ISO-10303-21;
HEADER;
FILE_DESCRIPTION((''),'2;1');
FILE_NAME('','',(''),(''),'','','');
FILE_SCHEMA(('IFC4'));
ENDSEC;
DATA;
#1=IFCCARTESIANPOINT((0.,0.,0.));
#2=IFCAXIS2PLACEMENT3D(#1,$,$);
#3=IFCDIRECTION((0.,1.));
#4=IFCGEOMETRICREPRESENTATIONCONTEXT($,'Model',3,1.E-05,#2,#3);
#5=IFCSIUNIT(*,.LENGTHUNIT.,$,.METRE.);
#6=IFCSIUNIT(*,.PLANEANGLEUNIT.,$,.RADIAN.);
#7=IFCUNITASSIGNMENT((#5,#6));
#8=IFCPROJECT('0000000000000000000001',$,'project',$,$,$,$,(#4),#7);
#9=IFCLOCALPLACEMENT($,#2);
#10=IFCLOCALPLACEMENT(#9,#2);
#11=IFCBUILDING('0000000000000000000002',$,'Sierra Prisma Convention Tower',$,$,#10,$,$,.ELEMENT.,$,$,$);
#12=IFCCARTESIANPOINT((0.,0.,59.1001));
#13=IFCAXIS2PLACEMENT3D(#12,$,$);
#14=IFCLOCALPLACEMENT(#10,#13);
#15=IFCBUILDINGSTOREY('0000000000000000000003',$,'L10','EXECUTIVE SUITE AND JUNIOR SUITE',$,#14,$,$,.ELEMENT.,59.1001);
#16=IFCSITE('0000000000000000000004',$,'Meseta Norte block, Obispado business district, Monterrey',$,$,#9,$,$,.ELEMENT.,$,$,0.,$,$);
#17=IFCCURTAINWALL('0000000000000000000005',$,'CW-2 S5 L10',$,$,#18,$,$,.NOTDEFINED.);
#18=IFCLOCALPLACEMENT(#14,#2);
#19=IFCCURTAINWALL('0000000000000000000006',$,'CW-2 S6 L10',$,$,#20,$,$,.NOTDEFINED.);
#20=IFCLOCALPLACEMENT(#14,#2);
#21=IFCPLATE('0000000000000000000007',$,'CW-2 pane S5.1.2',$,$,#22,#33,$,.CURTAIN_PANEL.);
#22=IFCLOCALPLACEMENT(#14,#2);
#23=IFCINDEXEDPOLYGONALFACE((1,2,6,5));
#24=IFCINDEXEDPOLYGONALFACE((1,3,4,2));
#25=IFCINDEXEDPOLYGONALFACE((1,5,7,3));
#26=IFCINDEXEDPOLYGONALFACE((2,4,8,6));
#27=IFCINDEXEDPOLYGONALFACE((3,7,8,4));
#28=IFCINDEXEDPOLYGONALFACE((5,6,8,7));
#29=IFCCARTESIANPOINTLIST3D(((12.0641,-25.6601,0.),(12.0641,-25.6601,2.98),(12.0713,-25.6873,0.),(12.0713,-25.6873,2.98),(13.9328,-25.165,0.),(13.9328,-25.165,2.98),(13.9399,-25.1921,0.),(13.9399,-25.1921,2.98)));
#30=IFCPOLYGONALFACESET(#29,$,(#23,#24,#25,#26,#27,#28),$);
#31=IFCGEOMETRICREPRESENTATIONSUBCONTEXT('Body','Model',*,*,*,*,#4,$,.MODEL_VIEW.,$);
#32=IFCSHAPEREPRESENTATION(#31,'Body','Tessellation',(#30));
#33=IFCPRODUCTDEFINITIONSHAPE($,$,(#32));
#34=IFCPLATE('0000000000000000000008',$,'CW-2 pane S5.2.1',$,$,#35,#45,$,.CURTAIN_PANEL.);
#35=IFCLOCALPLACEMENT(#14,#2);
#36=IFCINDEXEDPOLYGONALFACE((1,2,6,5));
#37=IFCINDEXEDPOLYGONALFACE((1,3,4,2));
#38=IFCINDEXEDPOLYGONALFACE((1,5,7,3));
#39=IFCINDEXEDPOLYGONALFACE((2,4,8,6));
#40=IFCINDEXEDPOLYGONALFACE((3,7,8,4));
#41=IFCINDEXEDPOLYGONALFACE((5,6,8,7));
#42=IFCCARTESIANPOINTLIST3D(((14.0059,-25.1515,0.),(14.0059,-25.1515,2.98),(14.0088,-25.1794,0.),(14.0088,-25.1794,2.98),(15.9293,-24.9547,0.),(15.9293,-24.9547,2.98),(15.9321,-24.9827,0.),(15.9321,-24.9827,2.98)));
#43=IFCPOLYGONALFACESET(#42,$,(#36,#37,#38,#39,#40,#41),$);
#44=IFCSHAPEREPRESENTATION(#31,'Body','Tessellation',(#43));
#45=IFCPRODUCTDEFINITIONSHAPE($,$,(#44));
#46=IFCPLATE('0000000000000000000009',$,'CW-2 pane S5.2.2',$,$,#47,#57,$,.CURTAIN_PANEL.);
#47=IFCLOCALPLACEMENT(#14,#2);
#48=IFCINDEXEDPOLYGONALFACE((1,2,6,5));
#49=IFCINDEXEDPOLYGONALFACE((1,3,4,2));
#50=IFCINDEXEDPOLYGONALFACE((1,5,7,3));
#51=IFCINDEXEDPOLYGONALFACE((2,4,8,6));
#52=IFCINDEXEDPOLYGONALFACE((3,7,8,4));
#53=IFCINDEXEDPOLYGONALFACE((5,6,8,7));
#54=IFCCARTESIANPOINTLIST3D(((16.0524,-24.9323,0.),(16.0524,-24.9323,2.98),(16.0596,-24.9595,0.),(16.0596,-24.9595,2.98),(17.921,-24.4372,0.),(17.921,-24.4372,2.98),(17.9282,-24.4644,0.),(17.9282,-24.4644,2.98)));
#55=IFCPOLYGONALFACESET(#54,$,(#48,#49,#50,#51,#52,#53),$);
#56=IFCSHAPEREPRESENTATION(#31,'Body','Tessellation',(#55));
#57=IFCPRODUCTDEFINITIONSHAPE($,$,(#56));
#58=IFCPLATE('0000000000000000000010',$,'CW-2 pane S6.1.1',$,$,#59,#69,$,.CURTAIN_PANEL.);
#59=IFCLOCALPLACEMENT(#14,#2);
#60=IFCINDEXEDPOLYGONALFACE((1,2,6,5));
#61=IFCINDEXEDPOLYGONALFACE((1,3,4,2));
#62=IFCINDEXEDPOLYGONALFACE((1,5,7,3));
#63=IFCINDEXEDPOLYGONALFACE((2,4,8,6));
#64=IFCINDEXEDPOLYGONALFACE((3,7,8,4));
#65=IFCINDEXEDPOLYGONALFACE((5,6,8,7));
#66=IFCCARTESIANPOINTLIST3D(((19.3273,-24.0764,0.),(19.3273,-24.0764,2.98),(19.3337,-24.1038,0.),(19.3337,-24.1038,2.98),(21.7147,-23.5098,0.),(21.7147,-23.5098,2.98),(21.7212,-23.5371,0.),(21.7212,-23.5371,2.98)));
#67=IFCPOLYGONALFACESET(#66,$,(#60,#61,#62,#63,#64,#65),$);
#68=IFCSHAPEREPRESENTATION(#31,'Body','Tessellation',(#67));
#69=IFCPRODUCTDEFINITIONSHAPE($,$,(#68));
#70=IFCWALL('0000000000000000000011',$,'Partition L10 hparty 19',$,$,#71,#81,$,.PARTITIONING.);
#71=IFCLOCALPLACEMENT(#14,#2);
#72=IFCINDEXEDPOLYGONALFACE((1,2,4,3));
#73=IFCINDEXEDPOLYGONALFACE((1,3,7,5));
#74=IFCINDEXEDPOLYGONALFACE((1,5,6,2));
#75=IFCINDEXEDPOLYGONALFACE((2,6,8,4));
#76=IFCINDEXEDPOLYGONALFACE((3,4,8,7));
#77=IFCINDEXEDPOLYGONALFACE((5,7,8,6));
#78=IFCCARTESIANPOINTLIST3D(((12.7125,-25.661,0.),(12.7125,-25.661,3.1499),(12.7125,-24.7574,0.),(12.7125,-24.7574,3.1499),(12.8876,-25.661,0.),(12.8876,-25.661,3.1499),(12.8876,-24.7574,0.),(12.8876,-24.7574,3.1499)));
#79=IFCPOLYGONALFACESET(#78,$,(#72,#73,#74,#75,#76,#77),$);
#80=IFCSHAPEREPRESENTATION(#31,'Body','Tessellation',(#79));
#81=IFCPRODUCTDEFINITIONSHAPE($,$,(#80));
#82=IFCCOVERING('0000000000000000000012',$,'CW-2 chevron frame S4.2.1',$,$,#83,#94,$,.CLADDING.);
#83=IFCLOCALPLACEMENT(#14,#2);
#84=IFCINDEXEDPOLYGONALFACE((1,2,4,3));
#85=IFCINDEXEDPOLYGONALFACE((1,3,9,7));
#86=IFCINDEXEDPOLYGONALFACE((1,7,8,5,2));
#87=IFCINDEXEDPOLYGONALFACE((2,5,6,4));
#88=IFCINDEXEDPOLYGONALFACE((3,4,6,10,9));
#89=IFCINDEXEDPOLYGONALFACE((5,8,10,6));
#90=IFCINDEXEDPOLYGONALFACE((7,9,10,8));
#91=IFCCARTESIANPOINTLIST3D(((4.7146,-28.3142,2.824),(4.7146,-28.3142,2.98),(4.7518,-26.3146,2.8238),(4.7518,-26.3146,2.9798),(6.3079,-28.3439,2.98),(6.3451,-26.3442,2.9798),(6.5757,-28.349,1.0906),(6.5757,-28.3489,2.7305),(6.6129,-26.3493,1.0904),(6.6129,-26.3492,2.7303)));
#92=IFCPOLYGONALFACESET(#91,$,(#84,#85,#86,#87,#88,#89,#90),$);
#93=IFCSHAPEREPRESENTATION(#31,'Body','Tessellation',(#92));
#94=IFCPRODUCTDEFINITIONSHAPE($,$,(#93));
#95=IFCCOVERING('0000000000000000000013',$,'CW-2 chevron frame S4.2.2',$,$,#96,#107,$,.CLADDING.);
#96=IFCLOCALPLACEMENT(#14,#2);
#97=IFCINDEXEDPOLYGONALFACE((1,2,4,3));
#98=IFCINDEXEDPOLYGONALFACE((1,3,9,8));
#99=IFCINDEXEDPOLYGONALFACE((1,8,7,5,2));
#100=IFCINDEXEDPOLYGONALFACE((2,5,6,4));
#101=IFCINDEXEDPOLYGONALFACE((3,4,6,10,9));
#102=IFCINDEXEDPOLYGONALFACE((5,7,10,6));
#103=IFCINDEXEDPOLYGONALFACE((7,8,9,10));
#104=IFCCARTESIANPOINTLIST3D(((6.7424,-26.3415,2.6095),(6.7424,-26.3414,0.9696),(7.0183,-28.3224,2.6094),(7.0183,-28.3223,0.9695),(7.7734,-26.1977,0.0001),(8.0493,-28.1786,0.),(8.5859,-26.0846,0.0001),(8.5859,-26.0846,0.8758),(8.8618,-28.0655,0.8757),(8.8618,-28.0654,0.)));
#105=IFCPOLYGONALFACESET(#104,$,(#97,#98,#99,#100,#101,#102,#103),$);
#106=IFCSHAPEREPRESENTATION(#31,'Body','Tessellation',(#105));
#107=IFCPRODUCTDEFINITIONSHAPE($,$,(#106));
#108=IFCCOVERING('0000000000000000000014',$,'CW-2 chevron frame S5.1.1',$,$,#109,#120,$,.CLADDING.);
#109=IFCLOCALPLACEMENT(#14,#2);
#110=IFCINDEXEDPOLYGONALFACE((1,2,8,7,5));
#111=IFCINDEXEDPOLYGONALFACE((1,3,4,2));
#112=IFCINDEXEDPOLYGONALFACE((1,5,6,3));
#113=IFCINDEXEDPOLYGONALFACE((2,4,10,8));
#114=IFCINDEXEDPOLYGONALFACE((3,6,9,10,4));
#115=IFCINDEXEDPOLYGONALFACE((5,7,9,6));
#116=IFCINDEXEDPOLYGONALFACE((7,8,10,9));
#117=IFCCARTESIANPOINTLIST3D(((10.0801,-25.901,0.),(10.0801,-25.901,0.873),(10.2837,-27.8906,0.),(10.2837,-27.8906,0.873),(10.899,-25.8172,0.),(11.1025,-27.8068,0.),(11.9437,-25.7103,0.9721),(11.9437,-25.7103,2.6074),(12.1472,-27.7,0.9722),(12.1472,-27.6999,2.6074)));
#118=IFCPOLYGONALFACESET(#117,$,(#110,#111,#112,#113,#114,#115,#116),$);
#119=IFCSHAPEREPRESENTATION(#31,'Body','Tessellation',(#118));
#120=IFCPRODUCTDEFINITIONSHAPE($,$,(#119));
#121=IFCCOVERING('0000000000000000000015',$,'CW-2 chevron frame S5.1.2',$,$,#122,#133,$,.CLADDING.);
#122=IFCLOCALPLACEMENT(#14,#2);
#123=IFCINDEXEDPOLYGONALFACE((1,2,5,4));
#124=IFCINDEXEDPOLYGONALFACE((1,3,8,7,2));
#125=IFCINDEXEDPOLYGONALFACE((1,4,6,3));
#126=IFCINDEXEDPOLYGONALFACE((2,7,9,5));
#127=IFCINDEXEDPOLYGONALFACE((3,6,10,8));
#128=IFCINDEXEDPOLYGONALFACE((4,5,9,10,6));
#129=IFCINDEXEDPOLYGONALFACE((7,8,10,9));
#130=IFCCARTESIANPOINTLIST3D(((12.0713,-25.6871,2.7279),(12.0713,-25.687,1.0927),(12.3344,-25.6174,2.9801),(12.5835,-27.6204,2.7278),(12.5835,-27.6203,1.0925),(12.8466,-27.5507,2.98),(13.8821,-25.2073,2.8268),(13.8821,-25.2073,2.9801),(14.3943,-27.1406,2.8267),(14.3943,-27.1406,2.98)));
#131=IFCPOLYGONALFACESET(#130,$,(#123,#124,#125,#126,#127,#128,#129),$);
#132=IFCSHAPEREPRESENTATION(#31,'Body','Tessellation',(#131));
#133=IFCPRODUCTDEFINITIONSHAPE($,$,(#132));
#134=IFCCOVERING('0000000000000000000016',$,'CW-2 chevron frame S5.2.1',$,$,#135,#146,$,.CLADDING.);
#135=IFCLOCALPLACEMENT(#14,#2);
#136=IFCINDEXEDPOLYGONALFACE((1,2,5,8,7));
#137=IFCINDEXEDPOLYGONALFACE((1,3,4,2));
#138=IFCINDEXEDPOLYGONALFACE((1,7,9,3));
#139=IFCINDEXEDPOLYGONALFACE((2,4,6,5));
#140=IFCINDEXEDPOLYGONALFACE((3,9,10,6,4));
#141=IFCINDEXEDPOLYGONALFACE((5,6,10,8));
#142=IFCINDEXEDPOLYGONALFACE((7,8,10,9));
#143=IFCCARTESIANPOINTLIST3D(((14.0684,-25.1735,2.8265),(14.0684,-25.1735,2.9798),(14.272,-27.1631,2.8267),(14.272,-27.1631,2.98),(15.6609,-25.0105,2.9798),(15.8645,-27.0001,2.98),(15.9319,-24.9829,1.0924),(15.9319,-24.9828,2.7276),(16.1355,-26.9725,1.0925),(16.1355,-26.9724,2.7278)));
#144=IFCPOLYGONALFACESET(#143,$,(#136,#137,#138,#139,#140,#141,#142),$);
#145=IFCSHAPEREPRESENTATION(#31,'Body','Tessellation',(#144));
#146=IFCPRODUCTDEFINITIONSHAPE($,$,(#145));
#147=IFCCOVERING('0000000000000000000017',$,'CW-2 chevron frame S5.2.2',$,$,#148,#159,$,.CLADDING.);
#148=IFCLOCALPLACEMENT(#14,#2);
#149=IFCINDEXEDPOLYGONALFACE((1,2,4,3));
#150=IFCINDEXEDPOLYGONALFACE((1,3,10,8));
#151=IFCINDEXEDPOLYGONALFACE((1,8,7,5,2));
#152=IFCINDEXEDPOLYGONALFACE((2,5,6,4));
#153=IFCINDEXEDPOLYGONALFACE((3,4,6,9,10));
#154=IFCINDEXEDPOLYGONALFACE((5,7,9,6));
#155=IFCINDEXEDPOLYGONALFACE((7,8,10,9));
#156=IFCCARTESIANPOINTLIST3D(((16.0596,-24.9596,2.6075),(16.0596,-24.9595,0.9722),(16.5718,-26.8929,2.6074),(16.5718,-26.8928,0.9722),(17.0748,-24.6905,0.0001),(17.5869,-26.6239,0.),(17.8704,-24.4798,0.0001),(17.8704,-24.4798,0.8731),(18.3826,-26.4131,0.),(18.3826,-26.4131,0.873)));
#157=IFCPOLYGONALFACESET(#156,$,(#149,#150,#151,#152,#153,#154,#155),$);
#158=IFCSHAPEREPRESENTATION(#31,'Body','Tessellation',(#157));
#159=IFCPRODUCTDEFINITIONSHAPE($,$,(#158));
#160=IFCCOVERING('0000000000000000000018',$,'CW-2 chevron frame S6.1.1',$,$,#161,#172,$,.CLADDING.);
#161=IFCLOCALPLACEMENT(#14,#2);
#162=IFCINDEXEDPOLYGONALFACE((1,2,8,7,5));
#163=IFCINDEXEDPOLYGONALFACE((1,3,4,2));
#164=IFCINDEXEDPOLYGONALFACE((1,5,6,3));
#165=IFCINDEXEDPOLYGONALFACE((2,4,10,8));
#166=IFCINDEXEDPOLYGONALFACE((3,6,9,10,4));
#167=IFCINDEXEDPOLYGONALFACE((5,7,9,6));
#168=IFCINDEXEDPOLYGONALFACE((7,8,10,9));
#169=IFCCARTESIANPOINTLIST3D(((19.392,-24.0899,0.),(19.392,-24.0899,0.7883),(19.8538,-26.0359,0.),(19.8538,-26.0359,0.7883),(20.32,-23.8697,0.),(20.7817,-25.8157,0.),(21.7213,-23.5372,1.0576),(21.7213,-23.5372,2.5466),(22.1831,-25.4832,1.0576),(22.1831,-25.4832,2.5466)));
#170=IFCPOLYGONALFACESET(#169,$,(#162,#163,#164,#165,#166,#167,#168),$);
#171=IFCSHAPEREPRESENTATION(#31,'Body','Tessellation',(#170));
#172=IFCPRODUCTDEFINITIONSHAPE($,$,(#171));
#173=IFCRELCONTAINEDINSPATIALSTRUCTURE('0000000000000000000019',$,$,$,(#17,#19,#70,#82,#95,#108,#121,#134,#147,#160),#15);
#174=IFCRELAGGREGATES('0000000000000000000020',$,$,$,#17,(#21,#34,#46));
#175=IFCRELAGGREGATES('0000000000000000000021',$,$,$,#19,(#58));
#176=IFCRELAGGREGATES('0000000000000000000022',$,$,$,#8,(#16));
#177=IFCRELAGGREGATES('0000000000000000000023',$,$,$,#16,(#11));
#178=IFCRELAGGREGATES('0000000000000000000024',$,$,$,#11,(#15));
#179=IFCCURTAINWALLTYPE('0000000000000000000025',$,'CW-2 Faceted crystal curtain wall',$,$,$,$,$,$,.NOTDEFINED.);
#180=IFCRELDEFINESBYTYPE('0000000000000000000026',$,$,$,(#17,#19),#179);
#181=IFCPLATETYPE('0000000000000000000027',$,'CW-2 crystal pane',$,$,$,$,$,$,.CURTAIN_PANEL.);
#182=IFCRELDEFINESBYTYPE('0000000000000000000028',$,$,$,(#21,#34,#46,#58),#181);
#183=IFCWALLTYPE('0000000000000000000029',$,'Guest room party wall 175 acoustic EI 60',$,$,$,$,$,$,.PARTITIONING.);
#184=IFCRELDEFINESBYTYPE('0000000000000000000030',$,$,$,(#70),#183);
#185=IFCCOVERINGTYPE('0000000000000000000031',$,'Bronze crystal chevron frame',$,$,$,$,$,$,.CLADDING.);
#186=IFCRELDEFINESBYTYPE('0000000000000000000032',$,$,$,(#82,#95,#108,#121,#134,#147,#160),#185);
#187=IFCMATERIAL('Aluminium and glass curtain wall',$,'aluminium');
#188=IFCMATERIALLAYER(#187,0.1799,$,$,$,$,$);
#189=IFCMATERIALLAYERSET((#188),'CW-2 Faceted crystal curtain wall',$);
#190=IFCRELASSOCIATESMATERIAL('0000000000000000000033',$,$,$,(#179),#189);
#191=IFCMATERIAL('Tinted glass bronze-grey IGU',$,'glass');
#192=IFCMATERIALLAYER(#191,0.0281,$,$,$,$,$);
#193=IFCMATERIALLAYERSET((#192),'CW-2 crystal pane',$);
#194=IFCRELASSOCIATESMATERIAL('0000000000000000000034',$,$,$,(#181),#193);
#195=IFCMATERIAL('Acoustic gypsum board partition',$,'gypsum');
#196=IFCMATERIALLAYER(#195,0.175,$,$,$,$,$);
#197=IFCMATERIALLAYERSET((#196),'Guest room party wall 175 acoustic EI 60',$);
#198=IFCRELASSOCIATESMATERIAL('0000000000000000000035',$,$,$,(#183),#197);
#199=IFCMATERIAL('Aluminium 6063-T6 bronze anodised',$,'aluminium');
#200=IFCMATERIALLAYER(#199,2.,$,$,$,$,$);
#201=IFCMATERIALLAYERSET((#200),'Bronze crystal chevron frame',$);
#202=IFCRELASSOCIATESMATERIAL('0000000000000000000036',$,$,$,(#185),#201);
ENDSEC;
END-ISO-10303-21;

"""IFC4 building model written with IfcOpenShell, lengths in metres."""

from ifc_helpers import new_model, si_unit, direction, frame, frame_2d, origin, place, context, subcontext, project, spatial, polyline, rectangle, outline, extrude, material, layer, layer_set, type_object, element, aggregate, save


model = new_model("IFC4")

# Units and contexts
model_context = context("Model", 3, precision=1e-05, world=origin(), true_north=direction((0.0, 1.0)))
body_context = subcontext(model_context, "Body", "Model", "MODEL_VIEW")
ifc_project = project(units=[si_unit("LENGTHUNIT", "METRE"), si_unit("PLANEANGLEUNIT", "RADIAN")], contexts=[model_context])

# Site, building, storey
site_placement = place(None, origin())
site = spatial("IfcSite", under=ifc_project, at=site_placement, Name="Meseta Norte block, Obispado business district, Monterrey", CompositionType="ELEMENT", RefElevation=0.0)
building_placement = place(site_placement, origin())
building = spatial("IfcBuilding", under=site, at=building_placement, Name="Sierra Prisma Convention Tower", CompositionType="ELEMENT")
storey_placement = place(building_placement, frame((0.0, 0.0, 59.1001)))
storey = spatial("IfcBuildingStorey", under=building, at=storey_placement, Name="L10", Description="EXECUTIVE SUITE AND JUNIOR SUITE", CompositionType="ELEMENT", Elevation=59.1001)

# Shared definitions
ifc_material_1 = material(Name="Aluminium and glass curtain wall", Category="aluminium")
ifc_layer_1 = layer(ifc_material_1, 0.1799)
ifc_layer_set_1 = layer_set([ifc_layer_1], Name="CW-2 Faceted crystal curtain wall")
curtain_wall_type = type_object("IfcCurtainWallType", Name="CW-2 Faceted crystal curtain wall", PredefinedType="NOTDEFINED", material=ifc_layer_set_1)

# Curtain wall
curtain_wall_1_placement = place(storey_placement, origin())
curtain_wall_1 = element("IfcCurtainWall", 1, at=curtain_wall_1_placement, inside=storey, type_object=curtain_wall_type, Name="CW-2 S5 L10", PredefinedType="NOTDEFINED")

# Curtain wall
curtain_wall_2_placement = place(storey_placement, origin())
curtain_wall_2 = element("IfcCurtainWall", 2, at=curtain_wall_2_placement, inside=storey, type_object=curtain_wall_type, Name="CW-2 S6 L10", PredefinedType="NOTDEFINED")

# Plates
ifc_material_2 = material(Name="Tinted glass bronze-grey IGU", Category="glass")
ifc_layer_2 = layer(ifc_material_2, 0.0281)
ifc_layer_set_2 = layer_set([ifc_layer_2], Name="CW-2 crystal pane")
plate_type = type_object("IfcPlateType", Name="CW-2 crystal pane", PredefinedType="CURTAIN_PANEL", material=ifc_layer_set_2)
plate_1_placement = place(storey_placement, frame((13.9399, -25.1921, 0.0), z_axis=(0.256122, -0.966645, 0.0), x_axis=(-0.966645, -0.256122, 0.0)))
plate_1 = element("IfcPlate", 3, at=plate_1_placement, type_object=plate_type, Name="CW-2 pane S5.1.2", PredefinedType="CURTAIN_PANEL", context=body_context, shape_type="SweptSolid", body=[
    extrude(outline(polyline([(0.0, 0.0), (1.9331, 0.0), (1.9331, -2.98), (0.0, -2.98), (0.0, 0.0)])), origin(), (0.0, 0.0, -1.0), 0.0281),
])
plate_2_placement = place(storey_placement, frame((14.0088, -25.1794, 0.0), z_axis=(0.101779, -0.994807, 0.0), x_axis=(0.994807, 0.101779, 0.0)))
plate_2 = element("IfcPlate", 4, at=plate_2_placement, type_object=plate_type, Name="CW-2 pane S5.2.1", PredefinedType="CURTAIN_PANEL", context=body_context, shape_type="SweptSolid", body=[
    extrude(outline(polyline([(0.0, 0.0), (1.9334, 0.0), (1.9334, 2.98), (0.0, 2.98), (0.0, 0.0)])), origin(), (0.0, 0.0, -1.0), 0.0281),
])
plate_3_placement = place(storey_placement, frame((17.9282, -24.4644, 0.0), z_axis=(0.256122, -0.966645, 0.0), x_axis=(-0.966645, -0.256122, 0.0)))
plate_3 = element("IfcPlate", 5, at=plate_3_placement, type_object=plate_type, Name="CW-2 pane S5.2.2", PredefinedType="CURTAIN_PANEL", context=body_context, shape_type="SweptSolid", body=[
    extrude(outline(polyline([(0.0, 0.0), (1.9331, 0.0), (1.9331, -2.98), (0.0, -2.98), (0.0, 0.0)])), origin(), (0.0, 0.0, -1.0), 0.0281),
])
aggregate(curtain_wall_1, [plate_1, plate_2, plate_3])
plate_4_placement = place(storey_placement, frame((19.3337, -24.1038, 0.0), z_axis=(0.23093, -0.97297, 0.0), x_axis=(0.97297, 0.23093, 0.0)))
plate_4 = element("IfcPlate", 6, at=plate_4_placement, type_object=plate_type, Name="CW-2 pane S6.1.1", PredefinedType="CURTAIN_PANEL", context=body_context, shape_type="SweptSolid", body=[
    extrude(outline(polyline([(0.0, 0.0), (2.4538, 0.0), (2.4538, 2.98), (0.0, 2.98), (0.0, 0.0)])), origin(), (0.0, 0.0, -1.0), 0.0281),
])
aggregate(curtain_wall_2, [plate_4])

# Wall
ifc_material_3 = material(Name="Acoustic gypsum board partition", Category="gypsum")
ifc_layer_3 = layer(ifc_material_3, 0.175)
ifc_layer_set_3 = layer_set([ifc_layer_3], Name="Guest room party wall 175 acoustic EI 60")
wall_type = type_object("IfcWallType", Name="Guest room party wall 175 acoustic EI 60", PredefinedType="PARTITIONING", material=ifc_layer_set_3)
wall_placement = place(storey_placement, frame((12.8, -24.7576, 0.0), z_axis=(0.0, 0.0, 1.0), x_axis=(0.0, -1.0, 0.0)))
element("IfcWall", 7, at=wall_placement, inside=storey, type_object=wall_type, Name="Partition L10 hparty 19", PredefinedType="PARTITIONING", context=body_context, shape_type="SweptSolid", body=[
    extrude(rectangle(XDim=0.9036, YDim=0.175, at=frame_2d((0.4517, 0.0))), origin(), (0.0, 0.0, 1.0), 3.1499),
])

# Coverings
ifc_material_4 = material(Name="Aluminium 6063-T6 bronze anodised", Category="aluminium")
ifc_layer_4 = layer(ifc_material_4, 2.0)
ifc_layer_set_4 = layer_set([ifc_layer_4], Name="Bronze crystal chevron frame")
covering_type = type_object("IfcCoveringType", Name="Bronze crystal chevron frame", PredefinedType="CLADDING", material=ifc_layer_set_4)
covering_1_placement = place(storey_placement, frame((4.7146, -28.3142, 2.98), z_axis=(-0.018615, -0.999827, 0.000069), x_axis=(-0.000001, -0.000069, -1.0)))
element("IfcCovering", 8, at=covering_1_placement, inside=storey, type_object=covering_type, Name="CW-2 chevron frame S4.2.1", PredefinedType="CLADDING", context=body_context, shape_type="SweptSolid", body=[
    extrude(outline(polyline([(0.0, 0.0), (0.156, 0.0), (1.8894, 1.8614), (0.2495, 1.8614), (0.0, 1.5935), (0.0, 0.0)])), origin(), (0.0, 0.0, -1.0), 2.0),
])
covering_2_placement = place(storey_placement, frame((8.8618, -28.0654, 0.0), z_axis=(0.137959, -0.990438, -0.000054), x_axis=(0.000007, -0.000053, 1.0)))
element("IfcCovering", 9, at=covering_2_placement, inside=storey, type_object=covering_type, Name="CW-2 chevron frame S4.2.2", PredefinedType="CLADDING", context=body_context, shape_type="SweptSolid", body=[
    extrude(outline(polyline([(0.0, 0.0), (0.8757, 0.0), (2.6094, 1.8613), (0.9695, 1.8613), (0.0, 0.8203), (0.0, 0.0)])), origin(), (0.0, 0.0, -1.0), 2.0),
])
covering_3_placement = place(storey_placement, frame((10.2837, -27.8906, 0.0), z_axis=(0.10178, -0.994807, 0.000015), x_axis=(0.994807, 0.10178, 0.0)))
element("IfcCovering", 10, at=covering_3_placement, inside=storey, type_object=covering_type, Name="CW-2 chevron frame S5.1.1", PredefinedType="CLADDING", context=body_context, shape_type="SweptSolid", body=[
    extrude(outline(polyline([(0.0, 0.0), (0.8231, 0.0), (1.8733, 0.9722), (1.8733, 2.6074), (0.0, 0.873), (0.0, 0.0)])), origin(), (0.0, 0.0, -1.0), 2.0),
])
covering_4_placement = place(storey_placement, frame((12.5835, -27.6204, 2.7278), z_axis=(0.256106, -0.966649, -0.00007), x_axis=(-0.000018, 0.000068, -1.0)))
element("IfcCovering", 11, at=covering_4_placement, inside=storey, type_object=covering_type, Name="CW-2 chevron frame S5.1.2", PredefinedType="CLADDING", context=body_context, shape_type="SweptSolid", body=[
    extrude(outline(polyline([(0.0, 0.0), (1.6353, 0.0), (-0.0989, 1.8733), (-0.2522, 1.8733), (-0.2522, 0.2722), (0.0, 0.0)])), origin(), (0.0, 0.0, -1.0), 2.0),
])
covering_5_placement = place(storey_placement, frame((14.272, -27.1631, 2.98), z_axis=(0.101797, -0.994805, 0.00007), x_axis=(0.000007, -0.000069, -1.0)))
element("IfcCovering", 12, at=covering_5_placement, inside=storey, type_object=covering_type, Name="CW-2 chevron frame S5.2.1", PredefinedType="CLADDING", context=body_context, shape_type="SweptSolid", body=[
    extrude(outline(polyline([(0.0, 0.0), (0.1533, 0.0), (1.8875, 1.8733), (0.2522, 1.8733), (0.0, 1.6009), (0.0, 0.0)])), origin(), (0.0, 0.0, -1.0), 2.0),
])
covering_6_placement = place(storey_placement, frame((18.3826, -26.4131, 0.0), z_axis=(0.25608, -0.966656, -0.000033), x_axis=(0.000009, -0.000032, 1.0)))
element("IfcCovering", 13, at=covering_6_placement, inside=storey, type_object=covering_type, Name="CW-2 chevron frame S5.2.2", PredefinedType="CLADDING", context=body_context, shape_type="SweptSolid", body=[
    extrude(outline(polyline([(0.0, 0.0), (0.873, 0.0), (2.6074, 1.8733), (0.9722, 1.8733), (0.0, 0.8231), (0.0, 0.0)])), origin(), (0.0, 0.0, -1.0), 2.0),
])
covering_7_placement = place(storey_placement, frame((19.8538, -26.0359, 0.0), z_axis=(0.230883, -0.972982, -0.000005), x_axis=(0.972982, 0.230883, 0.0)))
element("IfcCovering", 14, at=covering_7_placement, inside=storey, type_object=covering_type, Name="CW-2 chevron frame S6.1.1", PredefinedType="CLADDING", context=body_context, shape_type="SweptSolid", body=[
    extrude(outline(polyline([(0.0, 0.0), (0.9537, 0.0), (2.394, 1.0576), (2.394, 2.5466), (0.0, 0.7883), (0.0, 0.0)])), origin(), (0.0, 0.0, -1.0), 2.0),
])

save(model, "model.ifc")
